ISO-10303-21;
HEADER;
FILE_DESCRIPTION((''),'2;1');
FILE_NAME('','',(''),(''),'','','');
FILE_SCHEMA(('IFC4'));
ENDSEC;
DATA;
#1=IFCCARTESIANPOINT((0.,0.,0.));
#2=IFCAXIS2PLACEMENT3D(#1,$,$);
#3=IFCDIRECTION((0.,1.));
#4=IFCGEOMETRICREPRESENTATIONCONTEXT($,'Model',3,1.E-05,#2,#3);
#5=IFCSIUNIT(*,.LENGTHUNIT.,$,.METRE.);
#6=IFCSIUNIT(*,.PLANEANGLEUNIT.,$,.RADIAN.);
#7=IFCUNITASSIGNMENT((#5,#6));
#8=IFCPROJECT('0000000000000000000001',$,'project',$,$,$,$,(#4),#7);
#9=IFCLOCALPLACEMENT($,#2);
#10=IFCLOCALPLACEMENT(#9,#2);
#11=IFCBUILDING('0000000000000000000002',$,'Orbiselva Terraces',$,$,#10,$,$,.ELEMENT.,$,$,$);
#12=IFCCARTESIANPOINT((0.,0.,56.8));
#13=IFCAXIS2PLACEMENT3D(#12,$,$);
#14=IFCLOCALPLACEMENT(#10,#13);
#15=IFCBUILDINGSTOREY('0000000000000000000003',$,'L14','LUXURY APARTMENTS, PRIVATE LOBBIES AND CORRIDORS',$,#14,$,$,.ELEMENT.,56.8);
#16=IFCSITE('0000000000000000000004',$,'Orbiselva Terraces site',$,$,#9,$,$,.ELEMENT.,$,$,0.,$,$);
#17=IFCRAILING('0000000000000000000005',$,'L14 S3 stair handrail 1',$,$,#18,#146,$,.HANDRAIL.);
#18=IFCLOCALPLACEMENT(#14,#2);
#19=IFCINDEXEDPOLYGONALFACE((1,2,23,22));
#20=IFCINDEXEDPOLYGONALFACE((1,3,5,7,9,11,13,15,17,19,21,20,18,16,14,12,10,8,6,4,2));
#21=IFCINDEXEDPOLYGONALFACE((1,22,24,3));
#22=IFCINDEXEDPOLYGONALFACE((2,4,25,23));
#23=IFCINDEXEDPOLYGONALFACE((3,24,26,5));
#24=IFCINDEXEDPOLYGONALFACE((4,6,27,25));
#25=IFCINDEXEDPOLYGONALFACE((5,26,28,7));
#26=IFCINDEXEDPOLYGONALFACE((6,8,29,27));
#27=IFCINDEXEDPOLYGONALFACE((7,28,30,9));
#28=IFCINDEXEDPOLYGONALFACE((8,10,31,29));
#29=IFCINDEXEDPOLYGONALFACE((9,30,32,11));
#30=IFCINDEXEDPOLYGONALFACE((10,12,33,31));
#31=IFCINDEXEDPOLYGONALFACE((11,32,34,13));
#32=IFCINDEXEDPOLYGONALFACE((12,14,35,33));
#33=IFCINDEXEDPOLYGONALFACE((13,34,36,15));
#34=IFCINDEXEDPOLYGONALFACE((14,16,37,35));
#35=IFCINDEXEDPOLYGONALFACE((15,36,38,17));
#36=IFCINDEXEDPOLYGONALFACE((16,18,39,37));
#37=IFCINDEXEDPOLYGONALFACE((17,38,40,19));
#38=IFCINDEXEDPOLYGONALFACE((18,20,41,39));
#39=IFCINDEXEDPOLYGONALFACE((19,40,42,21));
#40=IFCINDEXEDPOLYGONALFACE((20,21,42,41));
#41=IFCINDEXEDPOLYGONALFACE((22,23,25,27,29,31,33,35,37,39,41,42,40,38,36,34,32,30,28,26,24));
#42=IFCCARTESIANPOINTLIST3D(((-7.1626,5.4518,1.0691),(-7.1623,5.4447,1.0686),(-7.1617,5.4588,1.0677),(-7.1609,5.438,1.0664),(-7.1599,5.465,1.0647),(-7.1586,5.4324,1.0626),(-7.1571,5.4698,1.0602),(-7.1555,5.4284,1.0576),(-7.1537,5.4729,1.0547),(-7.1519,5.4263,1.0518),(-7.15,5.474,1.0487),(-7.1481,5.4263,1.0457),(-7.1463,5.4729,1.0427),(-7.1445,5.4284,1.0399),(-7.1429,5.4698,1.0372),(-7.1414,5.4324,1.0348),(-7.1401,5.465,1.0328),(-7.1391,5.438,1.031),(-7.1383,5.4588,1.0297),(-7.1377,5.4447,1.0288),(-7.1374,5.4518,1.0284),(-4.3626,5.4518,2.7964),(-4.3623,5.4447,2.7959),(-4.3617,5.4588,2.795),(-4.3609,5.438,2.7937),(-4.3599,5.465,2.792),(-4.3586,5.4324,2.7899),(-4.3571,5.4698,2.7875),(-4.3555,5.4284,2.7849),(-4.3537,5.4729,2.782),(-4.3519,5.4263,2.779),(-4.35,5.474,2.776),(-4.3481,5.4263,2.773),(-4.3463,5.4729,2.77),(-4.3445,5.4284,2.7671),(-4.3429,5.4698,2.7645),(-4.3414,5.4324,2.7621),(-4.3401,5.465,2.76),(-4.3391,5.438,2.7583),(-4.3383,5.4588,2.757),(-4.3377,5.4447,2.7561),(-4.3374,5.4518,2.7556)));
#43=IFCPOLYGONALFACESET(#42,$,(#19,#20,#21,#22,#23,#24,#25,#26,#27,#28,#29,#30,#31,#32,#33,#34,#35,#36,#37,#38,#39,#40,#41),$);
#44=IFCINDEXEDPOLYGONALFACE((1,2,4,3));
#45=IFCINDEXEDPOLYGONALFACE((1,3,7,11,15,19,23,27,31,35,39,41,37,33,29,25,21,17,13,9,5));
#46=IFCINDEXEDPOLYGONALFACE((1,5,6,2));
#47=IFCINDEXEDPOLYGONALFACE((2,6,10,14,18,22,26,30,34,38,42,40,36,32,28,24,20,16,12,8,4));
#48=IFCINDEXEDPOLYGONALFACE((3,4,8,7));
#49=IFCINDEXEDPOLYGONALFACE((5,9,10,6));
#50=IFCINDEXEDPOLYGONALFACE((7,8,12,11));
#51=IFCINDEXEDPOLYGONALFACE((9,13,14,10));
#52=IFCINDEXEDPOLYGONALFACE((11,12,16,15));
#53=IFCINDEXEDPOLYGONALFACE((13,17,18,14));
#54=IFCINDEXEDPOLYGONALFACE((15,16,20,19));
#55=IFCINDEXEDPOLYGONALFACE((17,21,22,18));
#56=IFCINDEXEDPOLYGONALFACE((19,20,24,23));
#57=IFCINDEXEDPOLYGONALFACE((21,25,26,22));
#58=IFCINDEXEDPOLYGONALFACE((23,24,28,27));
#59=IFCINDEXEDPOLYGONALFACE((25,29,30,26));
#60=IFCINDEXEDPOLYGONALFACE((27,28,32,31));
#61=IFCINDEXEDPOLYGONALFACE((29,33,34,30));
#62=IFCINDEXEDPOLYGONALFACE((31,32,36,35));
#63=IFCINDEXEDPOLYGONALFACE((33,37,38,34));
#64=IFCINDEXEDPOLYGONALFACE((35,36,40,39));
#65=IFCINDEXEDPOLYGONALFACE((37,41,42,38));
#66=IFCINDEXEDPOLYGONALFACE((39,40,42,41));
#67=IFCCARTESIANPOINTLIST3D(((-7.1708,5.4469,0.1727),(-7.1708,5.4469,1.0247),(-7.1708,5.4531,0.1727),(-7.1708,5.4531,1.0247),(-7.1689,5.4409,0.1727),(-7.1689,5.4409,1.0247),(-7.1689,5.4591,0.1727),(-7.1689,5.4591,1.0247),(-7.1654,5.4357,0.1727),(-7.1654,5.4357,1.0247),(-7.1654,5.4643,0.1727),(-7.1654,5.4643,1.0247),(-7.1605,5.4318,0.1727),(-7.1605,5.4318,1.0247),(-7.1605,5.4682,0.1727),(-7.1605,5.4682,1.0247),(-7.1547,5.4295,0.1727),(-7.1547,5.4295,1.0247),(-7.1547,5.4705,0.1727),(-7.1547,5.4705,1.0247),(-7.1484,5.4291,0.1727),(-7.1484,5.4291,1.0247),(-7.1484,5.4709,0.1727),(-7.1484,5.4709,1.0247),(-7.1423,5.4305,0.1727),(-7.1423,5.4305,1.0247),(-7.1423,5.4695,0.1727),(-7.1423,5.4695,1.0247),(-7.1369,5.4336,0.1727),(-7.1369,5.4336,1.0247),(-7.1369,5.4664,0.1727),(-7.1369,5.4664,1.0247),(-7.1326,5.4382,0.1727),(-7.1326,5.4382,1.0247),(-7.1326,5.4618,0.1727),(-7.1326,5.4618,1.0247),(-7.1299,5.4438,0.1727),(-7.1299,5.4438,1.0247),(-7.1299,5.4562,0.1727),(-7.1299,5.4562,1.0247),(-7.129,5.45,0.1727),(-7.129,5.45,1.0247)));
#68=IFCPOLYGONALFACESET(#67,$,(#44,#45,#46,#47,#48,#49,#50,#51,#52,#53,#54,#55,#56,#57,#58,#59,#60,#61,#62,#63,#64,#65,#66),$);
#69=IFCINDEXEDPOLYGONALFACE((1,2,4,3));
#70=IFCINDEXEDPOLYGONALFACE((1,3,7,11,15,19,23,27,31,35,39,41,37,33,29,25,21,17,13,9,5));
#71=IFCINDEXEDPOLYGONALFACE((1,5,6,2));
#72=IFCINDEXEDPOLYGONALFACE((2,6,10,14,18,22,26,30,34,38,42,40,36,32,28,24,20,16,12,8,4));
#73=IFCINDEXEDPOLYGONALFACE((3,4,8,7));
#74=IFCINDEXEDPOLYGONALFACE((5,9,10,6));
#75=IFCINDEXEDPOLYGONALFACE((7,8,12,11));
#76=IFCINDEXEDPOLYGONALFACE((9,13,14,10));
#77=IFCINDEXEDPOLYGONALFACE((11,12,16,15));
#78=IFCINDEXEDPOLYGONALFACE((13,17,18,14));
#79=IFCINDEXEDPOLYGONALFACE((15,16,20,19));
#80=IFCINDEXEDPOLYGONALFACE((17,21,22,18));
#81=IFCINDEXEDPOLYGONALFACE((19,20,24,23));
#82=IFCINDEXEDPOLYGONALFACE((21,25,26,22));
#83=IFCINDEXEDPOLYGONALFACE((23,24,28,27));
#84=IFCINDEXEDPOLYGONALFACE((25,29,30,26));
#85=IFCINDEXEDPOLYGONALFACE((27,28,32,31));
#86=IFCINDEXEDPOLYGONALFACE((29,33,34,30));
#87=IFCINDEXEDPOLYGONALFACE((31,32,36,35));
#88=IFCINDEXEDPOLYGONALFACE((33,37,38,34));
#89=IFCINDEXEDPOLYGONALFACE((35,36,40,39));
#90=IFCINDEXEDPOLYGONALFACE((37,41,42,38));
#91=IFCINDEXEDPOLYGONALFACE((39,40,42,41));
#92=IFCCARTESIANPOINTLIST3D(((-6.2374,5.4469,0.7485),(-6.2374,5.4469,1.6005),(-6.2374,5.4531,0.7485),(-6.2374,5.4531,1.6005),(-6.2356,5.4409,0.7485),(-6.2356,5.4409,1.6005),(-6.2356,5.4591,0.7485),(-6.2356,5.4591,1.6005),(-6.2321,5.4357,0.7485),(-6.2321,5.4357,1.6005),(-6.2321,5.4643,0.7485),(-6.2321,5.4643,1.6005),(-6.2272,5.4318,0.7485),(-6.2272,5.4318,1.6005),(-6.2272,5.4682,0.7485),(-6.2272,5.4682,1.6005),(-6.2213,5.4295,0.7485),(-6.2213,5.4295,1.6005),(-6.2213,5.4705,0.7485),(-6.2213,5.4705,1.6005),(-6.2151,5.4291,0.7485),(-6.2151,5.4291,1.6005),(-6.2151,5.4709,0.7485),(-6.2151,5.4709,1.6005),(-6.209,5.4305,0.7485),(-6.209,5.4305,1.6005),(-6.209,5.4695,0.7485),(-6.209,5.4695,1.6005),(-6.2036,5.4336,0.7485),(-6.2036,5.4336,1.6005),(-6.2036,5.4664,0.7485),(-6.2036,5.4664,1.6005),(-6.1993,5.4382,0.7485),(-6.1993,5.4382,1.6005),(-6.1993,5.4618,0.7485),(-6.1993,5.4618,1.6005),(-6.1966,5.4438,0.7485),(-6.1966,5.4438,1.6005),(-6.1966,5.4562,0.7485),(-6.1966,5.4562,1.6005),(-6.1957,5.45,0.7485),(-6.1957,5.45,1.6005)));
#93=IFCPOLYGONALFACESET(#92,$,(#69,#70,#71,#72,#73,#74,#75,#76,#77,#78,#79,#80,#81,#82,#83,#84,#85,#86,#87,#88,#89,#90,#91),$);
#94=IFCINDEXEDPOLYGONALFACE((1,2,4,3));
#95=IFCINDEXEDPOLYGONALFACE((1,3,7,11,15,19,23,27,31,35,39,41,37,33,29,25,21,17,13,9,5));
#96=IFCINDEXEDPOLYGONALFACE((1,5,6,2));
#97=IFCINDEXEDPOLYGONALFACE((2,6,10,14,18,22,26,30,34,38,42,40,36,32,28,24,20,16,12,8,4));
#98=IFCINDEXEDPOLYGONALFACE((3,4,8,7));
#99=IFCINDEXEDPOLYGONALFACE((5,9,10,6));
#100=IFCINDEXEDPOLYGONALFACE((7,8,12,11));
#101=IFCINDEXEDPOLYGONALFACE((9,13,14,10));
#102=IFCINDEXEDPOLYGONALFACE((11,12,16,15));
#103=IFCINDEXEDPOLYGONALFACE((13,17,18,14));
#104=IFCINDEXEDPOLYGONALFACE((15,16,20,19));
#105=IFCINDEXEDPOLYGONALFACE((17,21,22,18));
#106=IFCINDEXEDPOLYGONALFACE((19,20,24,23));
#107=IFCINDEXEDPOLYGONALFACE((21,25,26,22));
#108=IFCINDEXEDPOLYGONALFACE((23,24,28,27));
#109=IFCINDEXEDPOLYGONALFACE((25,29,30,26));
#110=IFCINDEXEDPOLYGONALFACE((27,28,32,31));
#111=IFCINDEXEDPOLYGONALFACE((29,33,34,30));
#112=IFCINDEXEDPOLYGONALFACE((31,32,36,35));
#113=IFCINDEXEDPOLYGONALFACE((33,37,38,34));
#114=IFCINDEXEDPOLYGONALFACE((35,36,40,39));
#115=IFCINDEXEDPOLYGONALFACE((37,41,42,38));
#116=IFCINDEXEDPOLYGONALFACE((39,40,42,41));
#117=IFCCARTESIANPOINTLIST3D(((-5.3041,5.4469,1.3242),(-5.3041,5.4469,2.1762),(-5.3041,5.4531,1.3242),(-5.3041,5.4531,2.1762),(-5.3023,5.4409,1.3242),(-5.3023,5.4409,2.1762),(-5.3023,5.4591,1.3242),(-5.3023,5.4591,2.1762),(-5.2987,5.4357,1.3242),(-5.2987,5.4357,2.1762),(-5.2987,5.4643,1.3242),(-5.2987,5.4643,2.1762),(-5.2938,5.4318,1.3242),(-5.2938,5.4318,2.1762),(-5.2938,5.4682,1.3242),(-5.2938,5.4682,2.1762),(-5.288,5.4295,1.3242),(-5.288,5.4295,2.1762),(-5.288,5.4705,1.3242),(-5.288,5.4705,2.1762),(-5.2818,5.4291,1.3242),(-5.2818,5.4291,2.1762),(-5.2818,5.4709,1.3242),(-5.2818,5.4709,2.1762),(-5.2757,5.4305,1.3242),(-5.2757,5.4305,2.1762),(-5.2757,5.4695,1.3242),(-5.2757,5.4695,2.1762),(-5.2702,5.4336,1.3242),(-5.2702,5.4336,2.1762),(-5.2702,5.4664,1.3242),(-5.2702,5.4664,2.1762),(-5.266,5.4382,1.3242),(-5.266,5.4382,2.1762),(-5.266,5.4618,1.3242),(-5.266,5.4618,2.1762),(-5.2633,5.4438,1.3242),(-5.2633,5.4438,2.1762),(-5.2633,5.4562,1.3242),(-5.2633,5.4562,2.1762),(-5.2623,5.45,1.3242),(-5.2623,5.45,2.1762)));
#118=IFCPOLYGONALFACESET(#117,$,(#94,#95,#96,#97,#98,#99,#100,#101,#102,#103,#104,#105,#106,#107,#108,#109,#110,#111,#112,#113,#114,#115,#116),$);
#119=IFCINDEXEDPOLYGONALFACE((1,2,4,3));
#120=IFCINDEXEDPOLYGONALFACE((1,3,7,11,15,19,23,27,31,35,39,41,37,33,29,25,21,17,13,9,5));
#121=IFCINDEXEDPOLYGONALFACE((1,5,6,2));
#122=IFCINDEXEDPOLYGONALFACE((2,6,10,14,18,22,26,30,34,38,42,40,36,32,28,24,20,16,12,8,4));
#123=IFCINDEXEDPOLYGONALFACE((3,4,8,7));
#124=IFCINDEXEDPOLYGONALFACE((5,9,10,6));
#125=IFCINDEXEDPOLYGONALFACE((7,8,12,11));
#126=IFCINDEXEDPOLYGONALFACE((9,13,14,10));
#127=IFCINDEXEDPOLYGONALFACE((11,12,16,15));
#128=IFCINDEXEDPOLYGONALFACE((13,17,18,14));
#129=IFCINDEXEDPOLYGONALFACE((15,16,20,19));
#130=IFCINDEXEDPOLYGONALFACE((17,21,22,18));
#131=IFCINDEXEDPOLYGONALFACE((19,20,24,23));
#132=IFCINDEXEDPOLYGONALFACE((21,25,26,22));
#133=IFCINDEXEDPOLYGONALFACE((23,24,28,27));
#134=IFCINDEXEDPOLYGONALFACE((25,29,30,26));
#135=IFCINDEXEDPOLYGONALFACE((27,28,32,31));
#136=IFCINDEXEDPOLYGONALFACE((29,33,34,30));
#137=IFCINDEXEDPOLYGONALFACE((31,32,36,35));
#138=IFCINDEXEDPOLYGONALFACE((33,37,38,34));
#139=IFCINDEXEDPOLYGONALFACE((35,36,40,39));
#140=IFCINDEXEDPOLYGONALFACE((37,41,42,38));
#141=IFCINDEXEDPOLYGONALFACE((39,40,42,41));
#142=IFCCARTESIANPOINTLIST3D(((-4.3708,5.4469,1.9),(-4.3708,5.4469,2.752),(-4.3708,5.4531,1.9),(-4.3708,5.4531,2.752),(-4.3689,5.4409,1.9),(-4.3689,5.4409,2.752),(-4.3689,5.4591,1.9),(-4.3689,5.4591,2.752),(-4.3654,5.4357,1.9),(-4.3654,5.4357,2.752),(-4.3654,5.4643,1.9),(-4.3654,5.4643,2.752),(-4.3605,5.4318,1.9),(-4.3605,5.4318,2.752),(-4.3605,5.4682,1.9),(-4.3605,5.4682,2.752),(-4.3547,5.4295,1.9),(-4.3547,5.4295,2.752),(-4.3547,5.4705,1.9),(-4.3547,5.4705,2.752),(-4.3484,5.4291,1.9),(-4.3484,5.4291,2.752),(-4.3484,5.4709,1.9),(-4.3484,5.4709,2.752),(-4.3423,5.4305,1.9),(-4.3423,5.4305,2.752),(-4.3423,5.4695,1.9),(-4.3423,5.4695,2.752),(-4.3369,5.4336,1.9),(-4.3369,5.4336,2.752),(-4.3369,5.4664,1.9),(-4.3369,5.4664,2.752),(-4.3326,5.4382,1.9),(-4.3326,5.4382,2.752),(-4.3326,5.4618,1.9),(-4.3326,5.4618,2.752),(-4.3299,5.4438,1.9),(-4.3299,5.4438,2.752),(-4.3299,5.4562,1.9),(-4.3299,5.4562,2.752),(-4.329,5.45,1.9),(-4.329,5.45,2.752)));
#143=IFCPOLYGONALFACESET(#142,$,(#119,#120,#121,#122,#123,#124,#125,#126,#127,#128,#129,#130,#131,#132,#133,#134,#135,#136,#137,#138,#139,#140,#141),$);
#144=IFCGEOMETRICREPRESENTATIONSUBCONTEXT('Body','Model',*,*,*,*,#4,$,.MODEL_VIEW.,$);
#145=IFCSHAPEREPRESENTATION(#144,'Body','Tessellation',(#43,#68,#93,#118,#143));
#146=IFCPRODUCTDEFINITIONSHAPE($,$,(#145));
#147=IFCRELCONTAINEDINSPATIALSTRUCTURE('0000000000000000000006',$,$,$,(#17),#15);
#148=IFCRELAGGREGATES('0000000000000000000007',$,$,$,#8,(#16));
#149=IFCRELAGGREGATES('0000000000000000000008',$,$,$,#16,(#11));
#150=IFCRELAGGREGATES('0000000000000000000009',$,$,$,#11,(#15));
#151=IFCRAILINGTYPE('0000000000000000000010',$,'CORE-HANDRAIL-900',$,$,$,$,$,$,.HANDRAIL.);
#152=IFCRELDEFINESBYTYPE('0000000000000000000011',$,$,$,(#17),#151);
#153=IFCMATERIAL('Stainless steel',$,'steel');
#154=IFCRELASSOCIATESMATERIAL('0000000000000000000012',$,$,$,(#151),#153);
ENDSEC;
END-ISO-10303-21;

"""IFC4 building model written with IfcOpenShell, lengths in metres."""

from ifc_helpers import new_model, si_unit, direction, frame, origin, origin_2d, place, context, subcontext, project, spatial, circle, extrude, material, type_object, element, save


model = new_model("IFC4")

# Units and contexts
model_context = context("Model", 3, precision=1e-05, world=origin(), true_north=direction((0.0, 1.0)))
body_context = subcontext(model_context, "Body", "Model", "MODEL_VIEW")
ifc_project = project(units=[si_unit("LENGTHUNIT", "METRE"), si_unit("PLANEANGLEUNIT", "RADIAN")], contexts=[model_context])

# Site, building, storey
site_placement = place(None, origin())
site = spatial("IfcSite", under=ifc_project, at=site_placement, Name="Orbiselva Terraces site", CompositionType="ELEMENT", RefElevation=0.0)
building_placement = place(site_placement, origin())
building = spatial("IfcBuilding", under=site, at=building_placement, Name="Orbiselva Terraces", CompositionType="ELEMENT")
storey_placement = place(building_placement, frame((0.0, 0.0, 56.8)))
storey = spatial("IfcBuildingStorey", under=building, at=storey_placement, Name="L14", Description="LUXURY APARTMENTS, PRIVATE LOBBIES AND CORRIDORS", CompositionType="ELEMENT", Elevation=56.8)

# Railing
ifc_material_1 = material(Name="Stainless steel", Category="steel")
railing_type_1 = type_object("IfcRailingType", Name="CORE-HANDRAIL-900", PredefinedType="HANDRAIL", material=ifc_material_1)
railing_1_placement = place(storey_placement, frame((-7.15, 5.45, 0.1727)))
element("IfcRailing", 1, at=railing_1_placement, inside=storey, type_object=railing_type_1, Name="L14 S3 stair handrail 1", PredefinedType="HANDRAIL", context=body_context, shape_type="SweptSolid", body=[
    extrude(circle(Radius=0.024, at=origin_2d()), frame((0.0, 0.0, 0.876), z_axis=(0.851089, 0.0, 0.525022), x_axis=(0.0, 1.0, 0.0)), (0.0, 0.0, 1.0), 3.2899),
    extrude(circle(Radius=0.021, at=origin_2d()), origin(), (0.0, 0.0, 1.0), 0.852),
    extrude(circle(Radius=0.021, at=origin_2d()), frame((0.9333, 0.0, 0.5758)), (0.0, 0.0, 1.0), 0.852),
    extrude(circle(Radius=0.021, at=origin_2d()), frame((1.8667, 0.0, 1.1515)), (0.0, 0.0, 1.0), 0.852),
    extrude(circle(Radius=0.021, at=origin_2d()), frame((2.8, 0.0, 1.7273)), (0.0, 0.0, 1.0), 0.852),
])

save(model, "model.ifc")
